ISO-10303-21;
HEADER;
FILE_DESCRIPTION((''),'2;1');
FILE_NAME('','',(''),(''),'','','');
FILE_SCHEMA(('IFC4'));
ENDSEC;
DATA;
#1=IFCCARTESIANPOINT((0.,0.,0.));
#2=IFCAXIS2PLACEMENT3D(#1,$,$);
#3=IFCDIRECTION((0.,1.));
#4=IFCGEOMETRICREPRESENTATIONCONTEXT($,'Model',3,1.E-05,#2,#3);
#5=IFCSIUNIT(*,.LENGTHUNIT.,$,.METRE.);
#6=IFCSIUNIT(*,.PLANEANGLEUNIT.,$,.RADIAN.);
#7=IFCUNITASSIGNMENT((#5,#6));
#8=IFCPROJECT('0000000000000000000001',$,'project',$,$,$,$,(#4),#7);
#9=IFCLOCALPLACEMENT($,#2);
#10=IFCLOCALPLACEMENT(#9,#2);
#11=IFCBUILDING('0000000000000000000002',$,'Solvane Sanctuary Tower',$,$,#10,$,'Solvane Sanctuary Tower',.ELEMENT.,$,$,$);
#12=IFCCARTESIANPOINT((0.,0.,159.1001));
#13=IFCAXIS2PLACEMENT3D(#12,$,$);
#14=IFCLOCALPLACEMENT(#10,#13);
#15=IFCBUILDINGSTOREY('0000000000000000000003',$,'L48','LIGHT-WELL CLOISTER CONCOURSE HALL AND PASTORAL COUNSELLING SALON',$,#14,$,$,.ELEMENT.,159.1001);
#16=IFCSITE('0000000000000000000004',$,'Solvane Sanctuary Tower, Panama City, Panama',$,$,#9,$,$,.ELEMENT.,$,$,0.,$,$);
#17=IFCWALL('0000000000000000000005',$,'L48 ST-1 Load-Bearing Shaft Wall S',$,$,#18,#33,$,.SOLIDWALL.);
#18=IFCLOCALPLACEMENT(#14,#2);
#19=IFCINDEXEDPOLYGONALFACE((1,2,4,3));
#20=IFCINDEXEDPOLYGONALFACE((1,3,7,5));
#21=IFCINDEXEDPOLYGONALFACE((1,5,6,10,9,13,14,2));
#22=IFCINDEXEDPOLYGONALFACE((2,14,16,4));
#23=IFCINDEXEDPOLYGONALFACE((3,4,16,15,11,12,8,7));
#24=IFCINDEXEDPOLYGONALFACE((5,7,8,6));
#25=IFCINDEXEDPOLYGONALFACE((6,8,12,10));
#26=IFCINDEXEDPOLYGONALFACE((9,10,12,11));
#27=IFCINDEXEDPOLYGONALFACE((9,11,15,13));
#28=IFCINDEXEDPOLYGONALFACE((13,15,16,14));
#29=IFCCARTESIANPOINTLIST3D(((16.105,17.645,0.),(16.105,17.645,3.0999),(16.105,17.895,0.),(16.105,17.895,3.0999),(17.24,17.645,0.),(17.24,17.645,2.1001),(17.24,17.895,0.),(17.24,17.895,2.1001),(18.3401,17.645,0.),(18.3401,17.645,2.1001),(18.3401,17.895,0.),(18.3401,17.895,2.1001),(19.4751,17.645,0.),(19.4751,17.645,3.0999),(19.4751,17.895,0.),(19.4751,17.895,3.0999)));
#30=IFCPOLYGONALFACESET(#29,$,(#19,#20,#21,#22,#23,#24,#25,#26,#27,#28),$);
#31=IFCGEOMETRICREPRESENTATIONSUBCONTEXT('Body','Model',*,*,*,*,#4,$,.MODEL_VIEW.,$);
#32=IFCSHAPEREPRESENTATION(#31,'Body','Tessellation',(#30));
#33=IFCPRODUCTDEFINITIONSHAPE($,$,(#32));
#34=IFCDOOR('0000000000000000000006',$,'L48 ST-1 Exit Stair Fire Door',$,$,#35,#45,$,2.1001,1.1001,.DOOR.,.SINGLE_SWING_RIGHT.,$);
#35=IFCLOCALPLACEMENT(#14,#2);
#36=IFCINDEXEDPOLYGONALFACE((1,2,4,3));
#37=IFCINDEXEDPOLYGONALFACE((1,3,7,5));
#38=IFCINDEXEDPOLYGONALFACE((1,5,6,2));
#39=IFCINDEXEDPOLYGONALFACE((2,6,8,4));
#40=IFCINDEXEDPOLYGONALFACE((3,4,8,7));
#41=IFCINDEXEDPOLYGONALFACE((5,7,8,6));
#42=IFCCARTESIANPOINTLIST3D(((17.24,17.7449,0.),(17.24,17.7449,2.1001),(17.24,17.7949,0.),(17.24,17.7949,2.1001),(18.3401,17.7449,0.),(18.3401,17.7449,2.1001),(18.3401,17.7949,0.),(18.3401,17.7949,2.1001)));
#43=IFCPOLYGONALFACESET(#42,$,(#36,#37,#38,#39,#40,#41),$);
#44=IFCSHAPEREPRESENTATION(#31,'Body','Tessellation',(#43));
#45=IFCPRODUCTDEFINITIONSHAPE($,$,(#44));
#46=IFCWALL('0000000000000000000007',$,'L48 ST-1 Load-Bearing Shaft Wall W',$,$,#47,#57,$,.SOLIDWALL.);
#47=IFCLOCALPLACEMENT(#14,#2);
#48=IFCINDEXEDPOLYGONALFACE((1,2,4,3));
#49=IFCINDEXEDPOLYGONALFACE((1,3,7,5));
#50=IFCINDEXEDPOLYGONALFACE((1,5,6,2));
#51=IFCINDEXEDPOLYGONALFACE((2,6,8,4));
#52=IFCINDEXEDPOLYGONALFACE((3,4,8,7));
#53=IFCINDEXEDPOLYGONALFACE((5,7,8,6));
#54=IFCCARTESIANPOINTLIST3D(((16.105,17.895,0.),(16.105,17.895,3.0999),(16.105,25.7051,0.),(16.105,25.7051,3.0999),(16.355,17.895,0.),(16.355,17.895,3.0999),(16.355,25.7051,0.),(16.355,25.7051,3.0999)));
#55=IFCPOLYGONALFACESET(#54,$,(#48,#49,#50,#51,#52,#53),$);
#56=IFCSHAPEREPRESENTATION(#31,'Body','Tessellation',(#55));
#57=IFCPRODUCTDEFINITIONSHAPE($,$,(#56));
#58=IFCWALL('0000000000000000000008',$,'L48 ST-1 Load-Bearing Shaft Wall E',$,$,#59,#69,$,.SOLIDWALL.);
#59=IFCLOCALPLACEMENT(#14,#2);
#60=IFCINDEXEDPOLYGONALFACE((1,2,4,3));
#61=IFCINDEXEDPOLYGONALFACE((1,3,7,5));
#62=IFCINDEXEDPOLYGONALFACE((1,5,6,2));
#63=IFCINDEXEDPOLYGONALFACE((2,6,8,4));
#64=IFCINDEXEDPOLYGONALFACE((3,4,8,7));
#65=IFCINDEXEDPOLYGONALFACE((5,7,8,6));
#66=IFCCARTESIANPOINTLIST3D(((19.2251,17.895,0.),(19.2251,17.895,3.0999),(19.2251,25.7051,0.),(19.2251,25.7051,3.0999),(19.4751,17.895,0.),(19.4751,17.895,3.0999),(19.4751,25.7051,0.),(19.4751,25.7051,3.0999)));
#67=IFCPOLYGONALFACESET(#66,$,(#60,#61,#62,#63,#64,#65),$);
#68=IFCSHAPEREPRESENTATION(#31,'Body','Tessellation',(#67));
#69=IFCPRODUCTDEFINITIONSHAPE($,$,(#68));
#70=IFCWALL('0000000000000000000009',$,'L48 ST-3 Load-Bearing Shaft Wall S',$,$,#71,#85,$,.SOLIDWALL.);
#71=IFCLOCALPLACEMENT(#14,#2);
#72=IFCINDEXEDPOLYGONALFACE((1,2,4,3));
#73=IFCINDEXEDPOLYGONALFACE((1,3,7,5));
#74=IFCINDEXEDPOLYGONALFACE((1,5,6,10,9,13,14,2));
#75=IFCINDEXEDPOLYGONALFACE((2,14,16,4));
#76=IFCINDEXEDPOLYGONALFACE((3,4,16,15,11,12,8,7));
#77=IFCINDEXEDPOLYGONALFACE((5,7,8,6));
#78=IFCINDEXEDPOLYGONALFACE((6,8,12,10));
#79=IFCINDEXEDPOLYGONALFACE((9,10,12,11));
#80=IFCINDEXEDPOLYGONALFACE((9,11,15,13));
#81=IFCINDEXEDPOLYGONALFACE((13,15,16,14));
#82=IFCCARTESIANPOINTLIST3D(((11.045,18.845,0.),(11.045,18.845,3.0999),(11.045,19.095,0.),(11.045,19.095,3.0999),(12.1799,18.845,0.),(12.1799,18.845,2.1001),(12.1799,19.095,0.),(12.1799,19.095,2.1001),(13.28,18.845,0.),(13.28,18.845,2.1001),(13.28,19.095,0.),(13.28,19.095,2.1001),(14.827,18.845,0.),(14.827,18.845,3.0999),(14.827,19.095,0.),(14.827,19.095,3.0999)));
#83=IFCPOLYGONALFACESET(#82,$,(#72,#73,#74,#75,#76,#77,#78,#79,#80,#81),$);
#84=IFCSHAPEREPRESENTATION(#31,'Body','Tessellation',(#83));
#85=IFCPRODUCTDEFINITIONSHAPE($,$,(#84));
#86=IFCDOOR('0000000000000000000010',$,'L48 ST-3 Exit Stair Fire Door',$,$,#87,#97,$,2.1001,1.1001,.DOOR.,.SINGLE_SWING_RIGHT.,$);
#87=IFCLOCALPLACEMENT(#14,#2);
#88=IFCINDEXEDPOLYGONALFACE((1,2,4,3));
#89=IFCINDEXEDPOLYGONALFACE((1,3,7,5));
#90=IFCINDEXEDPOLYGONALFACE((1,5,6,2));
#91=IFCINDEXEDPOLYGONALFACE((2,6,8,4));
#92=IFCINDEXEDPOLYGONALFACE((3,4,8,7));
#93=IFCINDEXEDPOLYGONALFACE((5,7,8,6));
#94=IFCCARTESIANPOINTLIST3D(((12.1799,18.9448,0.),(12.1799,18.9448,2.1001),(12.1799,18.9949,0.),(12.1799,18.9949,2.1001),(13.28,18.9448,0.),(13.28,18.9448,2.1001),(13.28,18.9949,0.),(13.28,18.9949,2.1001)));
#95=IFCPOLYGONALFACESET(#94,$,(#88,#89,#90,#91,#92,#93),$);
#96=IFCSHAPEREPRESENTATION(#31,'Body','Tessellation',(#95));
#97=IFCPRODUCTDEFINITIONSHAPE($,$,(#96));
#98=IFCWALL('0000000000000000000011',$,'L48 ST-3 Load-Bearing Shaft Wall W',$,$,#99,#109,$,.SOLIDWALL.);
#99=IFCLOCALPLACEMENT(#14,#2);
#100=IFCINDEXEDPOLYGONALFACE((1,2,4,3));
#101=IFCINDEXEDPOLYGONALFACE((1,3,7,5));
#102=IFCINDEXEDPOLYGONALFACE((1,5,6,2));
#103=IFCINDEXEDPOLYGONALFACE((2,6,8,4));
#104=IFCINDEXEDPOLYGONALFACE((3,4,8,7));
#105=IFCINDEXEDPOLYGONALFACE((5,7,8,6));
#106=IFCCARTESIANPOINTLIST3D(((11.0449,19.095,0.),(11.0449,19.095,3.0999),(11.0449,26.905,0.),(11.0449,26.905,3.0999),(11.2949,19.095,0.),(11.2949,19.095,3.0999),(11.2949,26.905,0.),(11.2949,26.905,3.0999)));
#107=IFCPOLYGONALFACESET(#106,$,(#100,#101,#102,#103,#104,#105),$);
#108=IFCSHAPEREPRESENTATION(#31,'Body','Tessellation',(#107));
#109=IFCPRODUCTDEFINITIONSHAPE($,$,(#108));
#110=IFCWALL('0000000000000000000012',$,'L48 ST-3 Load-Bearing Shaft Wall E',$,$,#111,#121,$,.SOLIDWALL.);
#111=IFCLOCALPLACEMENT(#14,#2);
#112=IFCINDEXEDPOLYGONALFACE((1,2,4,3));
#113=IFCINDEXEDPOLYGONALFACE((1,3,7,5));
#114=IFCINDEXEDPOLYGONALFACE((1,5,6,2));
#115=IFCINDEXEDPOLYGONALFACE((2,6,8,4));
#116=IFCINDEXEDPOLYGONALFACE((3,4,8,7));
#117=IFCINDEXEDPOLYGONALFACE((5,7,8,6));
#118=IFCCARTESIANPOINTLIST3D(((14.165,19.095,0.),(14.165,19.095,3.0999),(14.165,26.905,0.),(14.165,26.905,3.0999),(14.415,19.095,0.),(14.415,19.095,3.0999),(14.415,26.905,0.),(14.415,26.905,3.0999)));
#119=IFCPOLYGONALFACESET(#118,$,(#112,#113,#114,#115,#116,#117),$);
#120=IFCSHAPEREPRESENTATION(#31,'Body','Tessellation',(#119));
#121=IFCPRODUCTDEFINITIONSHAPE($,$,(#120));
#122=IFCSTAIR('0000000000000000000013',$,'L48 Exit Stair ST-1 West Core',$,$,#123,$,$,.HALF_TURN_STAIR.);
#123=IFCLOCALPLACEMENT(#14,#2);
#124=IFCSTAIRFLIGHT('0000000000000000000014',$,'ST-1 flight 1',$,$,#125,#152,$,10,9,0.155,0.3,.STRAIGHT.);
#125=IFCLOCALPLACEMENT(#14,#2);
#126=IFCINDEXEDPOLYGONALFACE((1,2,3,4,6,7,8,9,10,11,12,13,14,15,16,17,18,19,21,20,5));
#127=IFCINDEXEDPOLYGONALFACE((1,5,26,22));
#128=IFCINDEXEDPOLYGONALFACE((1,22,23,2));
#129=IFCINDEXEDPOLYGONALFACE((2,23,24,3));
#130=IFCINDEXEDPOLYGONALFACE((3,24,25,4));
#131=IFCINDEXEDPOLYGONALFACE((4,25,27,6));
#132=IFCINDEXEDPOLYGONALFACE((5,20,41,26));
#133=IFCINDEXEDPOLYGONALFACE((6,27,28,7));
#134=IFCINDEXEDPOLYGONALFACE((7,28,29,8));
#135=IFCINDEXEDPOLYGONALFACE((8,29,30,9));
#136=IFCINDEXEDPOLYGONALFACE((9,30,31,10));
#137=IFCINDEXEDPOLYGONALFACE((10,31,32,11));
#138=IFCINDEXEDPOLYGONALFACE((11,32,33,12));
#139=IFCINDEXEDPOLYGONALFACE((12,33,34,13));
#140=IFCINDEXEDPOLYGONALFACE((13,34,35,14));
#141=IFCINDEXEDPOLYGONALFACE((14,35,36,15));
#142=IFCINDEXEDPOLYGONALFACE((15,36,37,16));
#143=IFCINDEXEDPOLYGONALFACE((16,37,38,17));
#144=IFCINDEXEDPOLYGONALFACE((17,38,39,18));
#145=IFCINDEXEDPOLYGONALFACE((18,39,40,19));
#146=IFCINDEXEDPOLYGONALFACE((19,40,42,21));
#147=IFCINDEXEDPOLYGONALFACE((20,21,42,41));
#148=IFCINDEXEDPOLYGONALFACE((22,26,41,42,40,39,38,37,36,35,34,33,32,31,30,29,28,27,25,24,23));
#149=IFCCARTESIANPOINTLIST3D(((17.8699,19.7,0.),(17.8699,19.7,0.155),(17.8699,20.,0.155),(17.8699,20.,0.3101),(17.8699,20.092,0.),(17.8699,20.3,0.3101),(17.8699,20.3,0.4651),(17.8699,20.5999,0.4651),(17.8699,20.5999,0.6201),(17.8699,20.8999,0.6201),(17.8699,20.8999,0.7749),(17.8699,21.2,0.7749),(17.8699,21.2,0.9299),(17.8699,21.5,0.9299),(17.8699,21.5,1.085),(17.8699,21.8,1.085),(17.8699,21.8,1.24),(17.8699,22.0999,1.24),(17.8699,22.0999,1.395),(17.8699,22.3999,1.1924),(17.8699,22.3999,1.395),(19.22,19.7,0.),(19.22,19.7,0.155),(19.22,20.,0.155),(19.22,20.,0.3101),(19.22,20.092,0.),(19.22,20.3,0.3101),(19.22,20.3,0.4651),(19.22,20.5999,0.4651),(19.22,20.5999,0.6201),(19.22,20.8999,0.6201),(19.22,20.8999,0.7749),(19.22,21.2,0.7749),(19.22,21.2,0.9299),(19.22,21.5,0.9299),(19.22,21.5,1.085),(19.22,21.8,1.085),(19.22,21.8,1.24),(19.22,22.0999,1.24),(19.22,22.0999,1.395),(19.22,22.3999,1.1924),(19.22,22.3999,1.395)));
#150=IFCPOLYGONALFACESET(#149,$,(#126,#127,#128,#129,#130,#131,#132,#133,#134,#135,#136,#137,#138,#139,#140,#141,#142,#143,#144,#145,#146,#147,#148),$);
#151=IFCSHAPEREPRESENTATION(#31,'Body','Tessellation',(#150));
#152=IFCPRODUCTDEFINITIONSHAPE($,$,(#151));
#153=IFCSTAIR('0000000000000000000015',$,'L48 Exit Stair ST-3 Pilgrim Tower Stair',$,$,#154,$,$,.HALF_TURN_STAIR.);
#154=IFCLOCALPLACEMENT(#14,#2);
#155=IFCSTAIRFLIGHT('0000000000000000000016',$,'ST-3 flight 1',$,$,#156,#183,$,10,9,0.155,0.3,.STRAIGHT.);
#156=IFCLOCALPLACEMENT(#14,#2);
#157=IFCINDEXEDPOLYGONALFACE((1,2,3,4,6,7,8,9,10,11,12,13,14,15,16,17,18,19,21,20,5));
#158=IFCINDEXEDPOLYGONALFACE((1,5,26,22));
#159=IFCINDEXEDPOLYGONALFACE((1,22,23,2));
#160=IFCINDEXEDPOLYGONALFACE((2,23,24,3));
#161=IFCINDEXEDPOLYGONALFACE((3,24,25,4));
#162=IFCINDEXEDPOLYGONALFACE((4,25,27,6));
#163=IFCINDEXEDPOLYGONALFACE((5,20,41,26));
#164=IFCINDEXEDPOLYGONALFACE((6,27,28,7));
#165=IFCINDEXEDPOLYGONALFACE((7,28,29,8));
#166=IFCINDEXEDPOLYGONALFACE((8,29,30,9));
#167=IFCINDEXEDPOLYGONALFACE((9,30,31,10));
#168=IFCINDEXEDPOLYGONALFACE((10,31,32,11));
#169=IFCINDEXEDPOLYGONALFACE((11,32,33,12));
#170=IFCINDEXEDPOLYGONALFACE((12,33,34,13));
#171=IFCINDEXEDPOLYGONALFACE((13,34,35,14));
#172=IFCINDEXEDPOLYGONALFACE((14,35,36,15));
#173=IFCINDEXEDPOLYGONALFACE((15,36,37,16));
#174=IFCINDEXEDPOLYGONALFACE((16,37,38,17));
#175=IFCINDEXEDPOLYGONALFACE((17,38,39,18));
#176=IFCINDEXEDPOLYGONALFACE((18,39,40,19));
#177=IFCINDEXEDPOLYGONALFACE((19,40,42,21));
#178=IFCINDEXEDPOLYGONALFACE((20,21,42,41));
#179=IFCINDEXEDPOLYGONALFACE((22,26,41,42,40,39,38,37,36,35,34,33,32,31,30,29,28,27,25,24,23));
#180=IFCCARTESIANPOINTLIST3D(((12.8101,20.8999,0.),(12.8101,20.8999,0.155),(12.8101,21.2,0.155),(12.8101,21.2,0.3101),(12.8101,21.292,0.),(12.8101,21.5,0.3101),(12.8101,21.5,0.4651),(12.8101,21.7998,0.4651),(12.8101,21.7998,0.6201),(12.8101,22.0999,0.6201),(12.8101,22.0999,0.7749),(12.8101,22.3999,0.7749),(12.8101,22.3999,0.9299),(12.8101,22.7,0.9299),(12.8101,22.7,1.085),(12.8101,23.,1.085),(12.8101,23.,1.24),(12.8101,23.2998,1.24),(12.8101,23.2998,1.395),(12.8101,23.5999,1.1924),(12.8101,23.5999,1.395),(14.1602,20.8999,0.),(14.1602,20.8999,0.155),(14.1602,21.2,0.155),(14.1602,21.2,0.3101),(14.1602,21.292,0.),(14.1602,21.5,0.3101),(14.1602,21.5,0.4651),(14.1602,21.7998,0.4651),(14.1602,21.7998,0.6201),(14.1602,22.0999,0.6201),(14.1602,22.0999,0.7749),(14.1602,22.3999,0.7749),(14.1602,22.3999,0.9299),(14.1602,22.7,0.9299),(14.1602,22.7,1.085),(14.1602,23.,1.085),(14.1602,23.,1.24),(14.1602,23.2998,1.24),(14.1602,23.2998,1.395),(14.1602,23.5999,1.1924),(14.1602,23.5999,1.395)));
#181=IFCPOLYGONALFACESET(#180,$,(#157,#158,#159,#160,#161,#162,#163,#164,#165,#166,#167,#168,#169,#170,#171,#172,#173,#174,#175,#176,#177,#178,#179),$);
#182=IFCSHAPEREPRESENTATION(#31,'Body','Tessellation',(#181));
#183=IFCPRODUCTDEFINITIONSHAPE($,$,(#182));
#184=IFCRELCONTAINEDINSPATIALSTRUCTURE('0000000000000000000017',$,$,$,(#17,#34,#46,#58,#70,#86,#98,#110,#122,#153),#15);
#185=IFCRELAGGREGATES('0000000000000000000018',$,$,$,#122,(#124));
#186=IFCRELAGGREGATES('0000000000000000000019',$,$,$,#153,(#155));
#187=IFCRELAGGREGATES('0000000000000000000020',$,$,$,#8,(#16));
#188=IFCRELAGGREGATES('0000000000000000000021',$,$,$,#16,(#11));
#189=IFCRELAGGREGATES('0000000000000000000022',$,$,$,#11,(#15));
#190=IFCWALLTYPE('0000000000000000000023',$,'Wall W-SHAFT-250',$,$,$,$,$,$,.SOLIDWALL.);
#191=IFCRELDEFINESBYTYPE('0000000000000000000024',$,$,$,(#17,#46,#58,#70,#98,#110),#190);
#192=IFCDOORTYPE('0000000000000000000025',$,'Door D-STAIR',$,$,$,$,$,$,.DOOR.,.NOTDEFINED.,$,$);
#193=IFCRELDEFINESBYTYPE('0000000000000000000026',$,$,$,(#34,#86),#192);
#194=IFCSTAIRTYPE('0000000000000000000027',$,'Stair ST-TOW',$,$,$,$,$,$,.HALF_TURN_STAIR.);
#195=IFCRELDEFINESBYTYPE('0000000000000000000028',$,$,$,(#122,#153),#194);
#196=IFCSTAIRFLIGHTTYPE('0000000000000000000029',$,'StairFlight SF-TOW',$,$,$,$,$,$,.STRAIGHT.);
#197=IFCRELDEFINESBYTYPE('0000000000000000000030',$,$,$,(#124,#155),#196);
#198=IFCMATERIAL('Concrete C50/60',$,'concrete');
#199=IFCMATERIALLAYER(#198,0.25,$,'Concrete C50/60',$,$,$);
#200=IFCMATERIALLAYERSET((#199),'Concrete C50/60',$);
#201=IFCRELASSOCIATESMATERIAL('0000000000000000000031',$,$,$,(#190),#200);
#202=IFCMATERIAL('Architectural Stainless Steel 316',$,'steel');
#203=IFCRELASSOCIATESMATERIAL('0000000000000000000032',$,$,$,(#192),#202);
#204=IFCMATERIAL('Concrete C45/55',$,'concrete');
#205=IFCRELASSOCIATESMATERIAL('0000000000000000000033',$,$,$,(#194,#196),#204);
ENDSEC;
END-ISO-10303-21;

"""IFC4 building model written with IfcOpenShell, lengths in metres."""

from ifc_helpers import new_model, si_unit, direction, frame, frame_2d, origin, place, context, subcontext, project, spatial, polyline, rectangle, outline, extrude, material, layer, layer_set, type_object, element, fill, aggregate, save


model = new_model("IFC4")

# Units and contexts
model_context = context("Model", 3, precision=1e-05, world=origin(), true_north=direction((0.0, 1.0)))
body_context = subcontext(model_context, "Body", "Model", "MODEL_VIEW")
ifc_project = project(units=[si_unit("LENGTHUNIT", "METRE"), si_unit("PLANEANGLEUNIT", "RADIAN")], contexts=[model_context])

# Site, building, storey
site_placement = place(None, origin())
site = spatial("IfcSite", under=ifc_project, at=site_placement, Name="Solvane Sanctuary Tower, Panama City, Panama", CompositionType="ELEMENT", RefElevation=0.0)
building_placement = place(site_placement, origin())
building = spatial("IfcBuilding", under=site, at=building_placement, Name="Solvane Sanctuary Tower", LongName="Solvane Sanctuary Tower", CompositionType="ELEMENT")
storey_placement = place(building_placement, frame((0.0, 0.0, 159.1001)))
storey = spatial("IfcBuildingStorey", under=building, at=storey_placement, Name="L48", Description="LIGHT-WELL CLOISTER CONCOURSE HALL AND PASTORAL COUNSELLING SALON", CompositionType="ELEMENT", Elevation=159.1001)

# Shared definitions
ifc_material_1 = material(Name="Architectural Stainless Steel 316", Category="steel")

# Wall, opening, door
ifc_material_2 = material(Name="Concrete C50/60", Category="concrete")
ifc_layer_1 = layer(ifc_material_2, 0.25, Name="Concrete C50/60")
ifc_layer_set_1 = layer_set([ifc_layer_1], Name="Concrete C50/60")
wall_type_1 = type_object("IfcWallType", Name="Wall W-SHAFT-250", PredefinedType="SOLIDWALL", material=ifc_layer_set_1)
wall_1_placement = place(storey_placement, frame((16.105, 17.77, 0.0), z_axis=(0.0, 0.0, 1.0), x_axis=(1.0, 0.0, 0.0)))
wall_1 = element("IfcWall", 1, at=wall_1_placement, inside=storey, type_object=wall_type_1, Name="L48 ST-1 Load-Bearing Shaft Wall S", PredefinedType="SOLIDWALL", context=body_context, shape_type="SweptSolid", body=[
    extrude(rectangle(XDim=3.3701, YDim=0.25, at=frame_2d((1.6851, 0.0))), origin(), (0.0, 0.0, 1.0), 3.0999),
])
opening_1_placement = place(wall_1_placement, frame((1.135, 0.0, 0.0)))
opening_1 = element("IfcOpeningElement", 2, at=opening_1_placement, cuts=wall_1, PredefinedType="OPENING", context=body_context, shape_type="SweptSolid", body=[
    extrude(rectangle(XDim=1.1001, YDim=2.1001, at=frame_2d((0.55, 1.05))), frame((0.0, 0.135, 0.0), z_axis=(0.0, -1.0, 0.0), x_axis=(1.0, 0.0, 0.0)), (0.0, 0.0, 1.0), 0.27),
])
door_type_1 = type_object("IfcDoorType", Name="Door D-STAIR", OperationType="NOTDEFINED", PredefinedType="DOOR", material=ifc_material_1)
door_1_placement = place(opening_1_placement, origin())
door_1 = element("IfcDoor", 3, at=door_1_placement, inside=storey, type_object=door_type_1, Name="L48 ST-1 Exit Stair Fire Door", OperationType="SINGLE_SWING_RIGHT", OverallHeight=2.1001, OverallWidth=1.1001, PredefinedType="DOOR", context=body_context, shape_type="SweptSolid", body=[
    extrude(rectangle(XDim=1.1001, YDim=2.1001, at=frame_2d((0.55, 1.05))), frame((0.0, 0.0249, 0.0), z_axis=(0.0, -1.0, 0.0), x_axis=(1.0, 0.0, 0.0)), (0.0, 0.0, 1.0), 0.05),
])
fill(opening_1, door_1)

# Walls
for number, where, z_axis, x_axis, name in (
    (4, (16.23, 17.895, 0.0), (0.0, 0.0, 1.0), (0.0, 1.0, 0.0), "L48 ST-1 Load-Bearing Shaft Wall W"),
    (5, (19.3501, 17.895, 0.0), (0.0, 0.0, 1.0), (0.0, 1.0, 0.0), "L48 ST-1 Load-Bearing Shaft Wall E"),
):
    element("IfcWall", number, at=place(storey_placement, frame(where, z_axis=z_axis, x_axis=x_axis)), inside=storey, type_object=wall_type_1, Name=name, PredefinedType="SOLIDWALL", context=body_context, shape_type="SweptSolid", body=[
        extrude(rectangle(XDim=7.8101, YDim=0.25, at=frame_2d((3.905, 0.0))), origin(), (0.0, 0.0, 1.0), 3.0999),
    ])

# Wall, opening, door
wall_2_placement = place(storey_placement, frame((11.0449, 18.97, 0.0), z_axis=(0.0, 0.0, 1.0), x_axis=(1.0, 0.0, 0.0)))
wall_2 = element("IfcWall", 6, at=wall_2_placement, inside=storey, type_object=wall_type_1, Name="L48 ST-3 Load-Bearing Shaft Wall S", PredefinedType="SOLIDWALL", context=body_context, shape_type="SweptSolid", body=[
    extrude(rectangle(XDim=3.782, YDim=0.25, at=frame_2d((1.8911, 0.0))), origin(), (0.0, 0.0, 1.0), 3.0999),
])
opening_2_placement = place(wall_2_placement, frame((1.135, 0.0, 0.0)))
opening_2 = element("IfcOpeningElement", 7, at=opening_2_placement, cuts=wall_2, PredefinedType="OPENING", context=body_context, shape_type="SweptSolid", body=[
    extrude(rectangle(XDim=1.1001, YDim=2.1001, at=frame_2d((0.55, 1.05))), frame((0.0, 0.135, 0.0), z_axis=(0.0, -1.0, 0.0), x_axis=(1.0, 0.0, 0.0)), (0.0, 0.0, 1.0), 0.27),
])
door_2_placement = place(opening_2_placement, origin())
door_2 = element("IfcDoor", 8, at=door_2_placement, inside=storey, type_object=door_type_1, Name="L48 ST-3 Exit Stair Fire Door", OperationType="SINGLE_SWING_RIGHT", OverallHeight=2.1001, OverallWidth=1.1001, PredefinedType="DOOR", context=body_context, shape_type="SweptSolid", body=[
    extrude(rectangle(XDim=1.1001, YDim=2.1001, at=frame_2d((0.55, 1.05))), frame((0.0, 0.0249, 0.0), z_axis=(0.0, -1.0, 0.0), x_axis=(1.0, 0.0, 0.0)), (0.0, 0.0, 1.0), 0.05),
])
fill(opening_2, door_2)

# Walls
for number, where, z_axis, x_axis, name in (
    (9, (11.1699, 19.095, 0.0), (0.0, 0.0, 1.0), (0.0, 1.0, 0.0), "L48 ST-3 Load-Bearing Shaft Wall W"),
    (10, (14.29, 19.095, 0.0), (0.0, 0.0, 1.0), (0.0, 1.0, 0.0), "L48 ST-3 Load-Bearing Shaft Wall E"),
):
    element("IfcWall", number, at=place(storey_placement, frame(where, z_axis=z_axis, x_axis=x_axis)), inside=storey, type_object=wall_type_1, Name=name, PredefinedType="SOLIDWALL", context=body_context, shape_type="SweptSolid", body=[
        extrude(rectangle(XDim=7.8101, YDim=0.25, at=frame_2d((3.905, 0.0))), origin(), (0.0, 0.0, 1.0), 3.0999),
    ])

# Stairs, stair flights
ifc_material_3 = material(Name="Concrete C45/55", Category="concrete")
stair_type = type_object("IfcStairType", Name="Stair ST-TOW", PredefinedType="HALF_TURN_STAIR", material=ifc_material_3)
stair_1_placement = place(storey_placement, origin())
stair_1 = element("IfcStair", 11, at=stair_1_placement, inside=storey, type_object=stair_type, Name="L48 Exit Stair ST-1 West Core", PredefinedType="HALF_TURN_STAIR")
stair_flight_type = type_object("IfcStairFlightType", Name="StairFlight SF-TOW", PredefinedType="STRAIGHT", material=ifc_material_3)
stair_flight_1_placement = place(storey_placement, frame((18.5449, 19.7, 0.0), z_axis=(0.0, 0.0, 1.0), x_axis=(0.0, 1.0, 0.0)))
stair_flight_1 = element("IfcStairFlight", 12, at=stair_flight_1_placement, type_object=stair_flight_type, Name="ST-1 flight 1", NumberOfRisers=10, NumberOfTreads=9, PredefinedType="STRAIGHT", RiserHeight=0.155, TreadLength=0.3, context=body_context, shape_type="SweptSolid", body=[
    extrude(outline(polyline([(0.0, 0.0), (0.0, 0.155), (0.3, 0.155), (0.3, 0.3101), (0.6001, 0.3101), (0.6001, 0.4651), (0.8999, 0.4651), (0.8999, 0.6201), (1.2, 0.6201), (1.2, 0.7749), (1.5, 0.7749), (1.5, 0.9299), (1.8, 0.9299), (1.8, 1.085), (2.1001, 1.085), (2.1001, 1.24), (2.3999, 1.24), (2.3999, 1.395), (2.7, 1.395), (2.7, 1.55), (2.7, 1.1924), (0.3921, 0.0), (0.0, 0.0)])), frame((0.0, 0.675, 0.0), z_axis=(0.0, -1.0, 0.0), x_axis=(1.0, 0.0, 0.0)), (0.0, 0.0, 1.0), 1.3501),
])
aggregate(stair_1, [stair_flight_1])
stair_2_placement = place(storey_placement, origin())
stair_2 = element("IfcStair", 13, at=stair_2_placement, inside=storey, type_object=stair_type, Name="L48 Exit Stair ST-3 Pilgrim Tower Stair", PredefinedType="HALF_TURN_STAIR")
stair_flight_2_placement = place(storey_placement, frame((13.4851, 20.8999, 0.0), z_axis=(0.0, 0.0, 1.0), x_axis=(0.0, 1.0, 0.0)))
stair_flight_2 = element("IfcStairFlight", 14, at=stair_flight_2_placement, type_object=stair_flight_type, Name="ST-3 flight 1", NumberOfRisers=10, NumberOfTreads=9, PredefinedType="STRAIGHT", RiserHeight=0.155, TreadLength=0.3, context=body_context, shape_type="SweptSolid", body=[
    extrude(outline(polyline([(0.0, 0.0), (0.0, 0.155), (0.3, 0.155), (0.3, 0.3101), (0.6001, 0.3101), (0.6001, 0.4651), (0.8999, 0.4651), (0.8999, 0.6201), (1.2, 0.6201), (1.2, 0.7749), (1.5, 0.7749), (1.5, 0.9299), (1.8, 0.9299), (1.8, 1.085), (2.1001, 1.085), (2.1001, 1.24), (2.3999, 1.24), (2.3999, 1.395), (2.7, 1.395), (2.7, 1.55), (2.7, 1.1924), (0.3921, 0.0), (0.0, 0.0)])), frame((0.0, 0.675, 0.0), z_axis=(0.0, -1.0, 0.0), x_axis=(1.0, 0.0, 0.0)), (0.0, 0.0, 1.0), 1.3501),
])
aggregate(stair_2, [stair_flight_2])

save(model, "model.ifc")
